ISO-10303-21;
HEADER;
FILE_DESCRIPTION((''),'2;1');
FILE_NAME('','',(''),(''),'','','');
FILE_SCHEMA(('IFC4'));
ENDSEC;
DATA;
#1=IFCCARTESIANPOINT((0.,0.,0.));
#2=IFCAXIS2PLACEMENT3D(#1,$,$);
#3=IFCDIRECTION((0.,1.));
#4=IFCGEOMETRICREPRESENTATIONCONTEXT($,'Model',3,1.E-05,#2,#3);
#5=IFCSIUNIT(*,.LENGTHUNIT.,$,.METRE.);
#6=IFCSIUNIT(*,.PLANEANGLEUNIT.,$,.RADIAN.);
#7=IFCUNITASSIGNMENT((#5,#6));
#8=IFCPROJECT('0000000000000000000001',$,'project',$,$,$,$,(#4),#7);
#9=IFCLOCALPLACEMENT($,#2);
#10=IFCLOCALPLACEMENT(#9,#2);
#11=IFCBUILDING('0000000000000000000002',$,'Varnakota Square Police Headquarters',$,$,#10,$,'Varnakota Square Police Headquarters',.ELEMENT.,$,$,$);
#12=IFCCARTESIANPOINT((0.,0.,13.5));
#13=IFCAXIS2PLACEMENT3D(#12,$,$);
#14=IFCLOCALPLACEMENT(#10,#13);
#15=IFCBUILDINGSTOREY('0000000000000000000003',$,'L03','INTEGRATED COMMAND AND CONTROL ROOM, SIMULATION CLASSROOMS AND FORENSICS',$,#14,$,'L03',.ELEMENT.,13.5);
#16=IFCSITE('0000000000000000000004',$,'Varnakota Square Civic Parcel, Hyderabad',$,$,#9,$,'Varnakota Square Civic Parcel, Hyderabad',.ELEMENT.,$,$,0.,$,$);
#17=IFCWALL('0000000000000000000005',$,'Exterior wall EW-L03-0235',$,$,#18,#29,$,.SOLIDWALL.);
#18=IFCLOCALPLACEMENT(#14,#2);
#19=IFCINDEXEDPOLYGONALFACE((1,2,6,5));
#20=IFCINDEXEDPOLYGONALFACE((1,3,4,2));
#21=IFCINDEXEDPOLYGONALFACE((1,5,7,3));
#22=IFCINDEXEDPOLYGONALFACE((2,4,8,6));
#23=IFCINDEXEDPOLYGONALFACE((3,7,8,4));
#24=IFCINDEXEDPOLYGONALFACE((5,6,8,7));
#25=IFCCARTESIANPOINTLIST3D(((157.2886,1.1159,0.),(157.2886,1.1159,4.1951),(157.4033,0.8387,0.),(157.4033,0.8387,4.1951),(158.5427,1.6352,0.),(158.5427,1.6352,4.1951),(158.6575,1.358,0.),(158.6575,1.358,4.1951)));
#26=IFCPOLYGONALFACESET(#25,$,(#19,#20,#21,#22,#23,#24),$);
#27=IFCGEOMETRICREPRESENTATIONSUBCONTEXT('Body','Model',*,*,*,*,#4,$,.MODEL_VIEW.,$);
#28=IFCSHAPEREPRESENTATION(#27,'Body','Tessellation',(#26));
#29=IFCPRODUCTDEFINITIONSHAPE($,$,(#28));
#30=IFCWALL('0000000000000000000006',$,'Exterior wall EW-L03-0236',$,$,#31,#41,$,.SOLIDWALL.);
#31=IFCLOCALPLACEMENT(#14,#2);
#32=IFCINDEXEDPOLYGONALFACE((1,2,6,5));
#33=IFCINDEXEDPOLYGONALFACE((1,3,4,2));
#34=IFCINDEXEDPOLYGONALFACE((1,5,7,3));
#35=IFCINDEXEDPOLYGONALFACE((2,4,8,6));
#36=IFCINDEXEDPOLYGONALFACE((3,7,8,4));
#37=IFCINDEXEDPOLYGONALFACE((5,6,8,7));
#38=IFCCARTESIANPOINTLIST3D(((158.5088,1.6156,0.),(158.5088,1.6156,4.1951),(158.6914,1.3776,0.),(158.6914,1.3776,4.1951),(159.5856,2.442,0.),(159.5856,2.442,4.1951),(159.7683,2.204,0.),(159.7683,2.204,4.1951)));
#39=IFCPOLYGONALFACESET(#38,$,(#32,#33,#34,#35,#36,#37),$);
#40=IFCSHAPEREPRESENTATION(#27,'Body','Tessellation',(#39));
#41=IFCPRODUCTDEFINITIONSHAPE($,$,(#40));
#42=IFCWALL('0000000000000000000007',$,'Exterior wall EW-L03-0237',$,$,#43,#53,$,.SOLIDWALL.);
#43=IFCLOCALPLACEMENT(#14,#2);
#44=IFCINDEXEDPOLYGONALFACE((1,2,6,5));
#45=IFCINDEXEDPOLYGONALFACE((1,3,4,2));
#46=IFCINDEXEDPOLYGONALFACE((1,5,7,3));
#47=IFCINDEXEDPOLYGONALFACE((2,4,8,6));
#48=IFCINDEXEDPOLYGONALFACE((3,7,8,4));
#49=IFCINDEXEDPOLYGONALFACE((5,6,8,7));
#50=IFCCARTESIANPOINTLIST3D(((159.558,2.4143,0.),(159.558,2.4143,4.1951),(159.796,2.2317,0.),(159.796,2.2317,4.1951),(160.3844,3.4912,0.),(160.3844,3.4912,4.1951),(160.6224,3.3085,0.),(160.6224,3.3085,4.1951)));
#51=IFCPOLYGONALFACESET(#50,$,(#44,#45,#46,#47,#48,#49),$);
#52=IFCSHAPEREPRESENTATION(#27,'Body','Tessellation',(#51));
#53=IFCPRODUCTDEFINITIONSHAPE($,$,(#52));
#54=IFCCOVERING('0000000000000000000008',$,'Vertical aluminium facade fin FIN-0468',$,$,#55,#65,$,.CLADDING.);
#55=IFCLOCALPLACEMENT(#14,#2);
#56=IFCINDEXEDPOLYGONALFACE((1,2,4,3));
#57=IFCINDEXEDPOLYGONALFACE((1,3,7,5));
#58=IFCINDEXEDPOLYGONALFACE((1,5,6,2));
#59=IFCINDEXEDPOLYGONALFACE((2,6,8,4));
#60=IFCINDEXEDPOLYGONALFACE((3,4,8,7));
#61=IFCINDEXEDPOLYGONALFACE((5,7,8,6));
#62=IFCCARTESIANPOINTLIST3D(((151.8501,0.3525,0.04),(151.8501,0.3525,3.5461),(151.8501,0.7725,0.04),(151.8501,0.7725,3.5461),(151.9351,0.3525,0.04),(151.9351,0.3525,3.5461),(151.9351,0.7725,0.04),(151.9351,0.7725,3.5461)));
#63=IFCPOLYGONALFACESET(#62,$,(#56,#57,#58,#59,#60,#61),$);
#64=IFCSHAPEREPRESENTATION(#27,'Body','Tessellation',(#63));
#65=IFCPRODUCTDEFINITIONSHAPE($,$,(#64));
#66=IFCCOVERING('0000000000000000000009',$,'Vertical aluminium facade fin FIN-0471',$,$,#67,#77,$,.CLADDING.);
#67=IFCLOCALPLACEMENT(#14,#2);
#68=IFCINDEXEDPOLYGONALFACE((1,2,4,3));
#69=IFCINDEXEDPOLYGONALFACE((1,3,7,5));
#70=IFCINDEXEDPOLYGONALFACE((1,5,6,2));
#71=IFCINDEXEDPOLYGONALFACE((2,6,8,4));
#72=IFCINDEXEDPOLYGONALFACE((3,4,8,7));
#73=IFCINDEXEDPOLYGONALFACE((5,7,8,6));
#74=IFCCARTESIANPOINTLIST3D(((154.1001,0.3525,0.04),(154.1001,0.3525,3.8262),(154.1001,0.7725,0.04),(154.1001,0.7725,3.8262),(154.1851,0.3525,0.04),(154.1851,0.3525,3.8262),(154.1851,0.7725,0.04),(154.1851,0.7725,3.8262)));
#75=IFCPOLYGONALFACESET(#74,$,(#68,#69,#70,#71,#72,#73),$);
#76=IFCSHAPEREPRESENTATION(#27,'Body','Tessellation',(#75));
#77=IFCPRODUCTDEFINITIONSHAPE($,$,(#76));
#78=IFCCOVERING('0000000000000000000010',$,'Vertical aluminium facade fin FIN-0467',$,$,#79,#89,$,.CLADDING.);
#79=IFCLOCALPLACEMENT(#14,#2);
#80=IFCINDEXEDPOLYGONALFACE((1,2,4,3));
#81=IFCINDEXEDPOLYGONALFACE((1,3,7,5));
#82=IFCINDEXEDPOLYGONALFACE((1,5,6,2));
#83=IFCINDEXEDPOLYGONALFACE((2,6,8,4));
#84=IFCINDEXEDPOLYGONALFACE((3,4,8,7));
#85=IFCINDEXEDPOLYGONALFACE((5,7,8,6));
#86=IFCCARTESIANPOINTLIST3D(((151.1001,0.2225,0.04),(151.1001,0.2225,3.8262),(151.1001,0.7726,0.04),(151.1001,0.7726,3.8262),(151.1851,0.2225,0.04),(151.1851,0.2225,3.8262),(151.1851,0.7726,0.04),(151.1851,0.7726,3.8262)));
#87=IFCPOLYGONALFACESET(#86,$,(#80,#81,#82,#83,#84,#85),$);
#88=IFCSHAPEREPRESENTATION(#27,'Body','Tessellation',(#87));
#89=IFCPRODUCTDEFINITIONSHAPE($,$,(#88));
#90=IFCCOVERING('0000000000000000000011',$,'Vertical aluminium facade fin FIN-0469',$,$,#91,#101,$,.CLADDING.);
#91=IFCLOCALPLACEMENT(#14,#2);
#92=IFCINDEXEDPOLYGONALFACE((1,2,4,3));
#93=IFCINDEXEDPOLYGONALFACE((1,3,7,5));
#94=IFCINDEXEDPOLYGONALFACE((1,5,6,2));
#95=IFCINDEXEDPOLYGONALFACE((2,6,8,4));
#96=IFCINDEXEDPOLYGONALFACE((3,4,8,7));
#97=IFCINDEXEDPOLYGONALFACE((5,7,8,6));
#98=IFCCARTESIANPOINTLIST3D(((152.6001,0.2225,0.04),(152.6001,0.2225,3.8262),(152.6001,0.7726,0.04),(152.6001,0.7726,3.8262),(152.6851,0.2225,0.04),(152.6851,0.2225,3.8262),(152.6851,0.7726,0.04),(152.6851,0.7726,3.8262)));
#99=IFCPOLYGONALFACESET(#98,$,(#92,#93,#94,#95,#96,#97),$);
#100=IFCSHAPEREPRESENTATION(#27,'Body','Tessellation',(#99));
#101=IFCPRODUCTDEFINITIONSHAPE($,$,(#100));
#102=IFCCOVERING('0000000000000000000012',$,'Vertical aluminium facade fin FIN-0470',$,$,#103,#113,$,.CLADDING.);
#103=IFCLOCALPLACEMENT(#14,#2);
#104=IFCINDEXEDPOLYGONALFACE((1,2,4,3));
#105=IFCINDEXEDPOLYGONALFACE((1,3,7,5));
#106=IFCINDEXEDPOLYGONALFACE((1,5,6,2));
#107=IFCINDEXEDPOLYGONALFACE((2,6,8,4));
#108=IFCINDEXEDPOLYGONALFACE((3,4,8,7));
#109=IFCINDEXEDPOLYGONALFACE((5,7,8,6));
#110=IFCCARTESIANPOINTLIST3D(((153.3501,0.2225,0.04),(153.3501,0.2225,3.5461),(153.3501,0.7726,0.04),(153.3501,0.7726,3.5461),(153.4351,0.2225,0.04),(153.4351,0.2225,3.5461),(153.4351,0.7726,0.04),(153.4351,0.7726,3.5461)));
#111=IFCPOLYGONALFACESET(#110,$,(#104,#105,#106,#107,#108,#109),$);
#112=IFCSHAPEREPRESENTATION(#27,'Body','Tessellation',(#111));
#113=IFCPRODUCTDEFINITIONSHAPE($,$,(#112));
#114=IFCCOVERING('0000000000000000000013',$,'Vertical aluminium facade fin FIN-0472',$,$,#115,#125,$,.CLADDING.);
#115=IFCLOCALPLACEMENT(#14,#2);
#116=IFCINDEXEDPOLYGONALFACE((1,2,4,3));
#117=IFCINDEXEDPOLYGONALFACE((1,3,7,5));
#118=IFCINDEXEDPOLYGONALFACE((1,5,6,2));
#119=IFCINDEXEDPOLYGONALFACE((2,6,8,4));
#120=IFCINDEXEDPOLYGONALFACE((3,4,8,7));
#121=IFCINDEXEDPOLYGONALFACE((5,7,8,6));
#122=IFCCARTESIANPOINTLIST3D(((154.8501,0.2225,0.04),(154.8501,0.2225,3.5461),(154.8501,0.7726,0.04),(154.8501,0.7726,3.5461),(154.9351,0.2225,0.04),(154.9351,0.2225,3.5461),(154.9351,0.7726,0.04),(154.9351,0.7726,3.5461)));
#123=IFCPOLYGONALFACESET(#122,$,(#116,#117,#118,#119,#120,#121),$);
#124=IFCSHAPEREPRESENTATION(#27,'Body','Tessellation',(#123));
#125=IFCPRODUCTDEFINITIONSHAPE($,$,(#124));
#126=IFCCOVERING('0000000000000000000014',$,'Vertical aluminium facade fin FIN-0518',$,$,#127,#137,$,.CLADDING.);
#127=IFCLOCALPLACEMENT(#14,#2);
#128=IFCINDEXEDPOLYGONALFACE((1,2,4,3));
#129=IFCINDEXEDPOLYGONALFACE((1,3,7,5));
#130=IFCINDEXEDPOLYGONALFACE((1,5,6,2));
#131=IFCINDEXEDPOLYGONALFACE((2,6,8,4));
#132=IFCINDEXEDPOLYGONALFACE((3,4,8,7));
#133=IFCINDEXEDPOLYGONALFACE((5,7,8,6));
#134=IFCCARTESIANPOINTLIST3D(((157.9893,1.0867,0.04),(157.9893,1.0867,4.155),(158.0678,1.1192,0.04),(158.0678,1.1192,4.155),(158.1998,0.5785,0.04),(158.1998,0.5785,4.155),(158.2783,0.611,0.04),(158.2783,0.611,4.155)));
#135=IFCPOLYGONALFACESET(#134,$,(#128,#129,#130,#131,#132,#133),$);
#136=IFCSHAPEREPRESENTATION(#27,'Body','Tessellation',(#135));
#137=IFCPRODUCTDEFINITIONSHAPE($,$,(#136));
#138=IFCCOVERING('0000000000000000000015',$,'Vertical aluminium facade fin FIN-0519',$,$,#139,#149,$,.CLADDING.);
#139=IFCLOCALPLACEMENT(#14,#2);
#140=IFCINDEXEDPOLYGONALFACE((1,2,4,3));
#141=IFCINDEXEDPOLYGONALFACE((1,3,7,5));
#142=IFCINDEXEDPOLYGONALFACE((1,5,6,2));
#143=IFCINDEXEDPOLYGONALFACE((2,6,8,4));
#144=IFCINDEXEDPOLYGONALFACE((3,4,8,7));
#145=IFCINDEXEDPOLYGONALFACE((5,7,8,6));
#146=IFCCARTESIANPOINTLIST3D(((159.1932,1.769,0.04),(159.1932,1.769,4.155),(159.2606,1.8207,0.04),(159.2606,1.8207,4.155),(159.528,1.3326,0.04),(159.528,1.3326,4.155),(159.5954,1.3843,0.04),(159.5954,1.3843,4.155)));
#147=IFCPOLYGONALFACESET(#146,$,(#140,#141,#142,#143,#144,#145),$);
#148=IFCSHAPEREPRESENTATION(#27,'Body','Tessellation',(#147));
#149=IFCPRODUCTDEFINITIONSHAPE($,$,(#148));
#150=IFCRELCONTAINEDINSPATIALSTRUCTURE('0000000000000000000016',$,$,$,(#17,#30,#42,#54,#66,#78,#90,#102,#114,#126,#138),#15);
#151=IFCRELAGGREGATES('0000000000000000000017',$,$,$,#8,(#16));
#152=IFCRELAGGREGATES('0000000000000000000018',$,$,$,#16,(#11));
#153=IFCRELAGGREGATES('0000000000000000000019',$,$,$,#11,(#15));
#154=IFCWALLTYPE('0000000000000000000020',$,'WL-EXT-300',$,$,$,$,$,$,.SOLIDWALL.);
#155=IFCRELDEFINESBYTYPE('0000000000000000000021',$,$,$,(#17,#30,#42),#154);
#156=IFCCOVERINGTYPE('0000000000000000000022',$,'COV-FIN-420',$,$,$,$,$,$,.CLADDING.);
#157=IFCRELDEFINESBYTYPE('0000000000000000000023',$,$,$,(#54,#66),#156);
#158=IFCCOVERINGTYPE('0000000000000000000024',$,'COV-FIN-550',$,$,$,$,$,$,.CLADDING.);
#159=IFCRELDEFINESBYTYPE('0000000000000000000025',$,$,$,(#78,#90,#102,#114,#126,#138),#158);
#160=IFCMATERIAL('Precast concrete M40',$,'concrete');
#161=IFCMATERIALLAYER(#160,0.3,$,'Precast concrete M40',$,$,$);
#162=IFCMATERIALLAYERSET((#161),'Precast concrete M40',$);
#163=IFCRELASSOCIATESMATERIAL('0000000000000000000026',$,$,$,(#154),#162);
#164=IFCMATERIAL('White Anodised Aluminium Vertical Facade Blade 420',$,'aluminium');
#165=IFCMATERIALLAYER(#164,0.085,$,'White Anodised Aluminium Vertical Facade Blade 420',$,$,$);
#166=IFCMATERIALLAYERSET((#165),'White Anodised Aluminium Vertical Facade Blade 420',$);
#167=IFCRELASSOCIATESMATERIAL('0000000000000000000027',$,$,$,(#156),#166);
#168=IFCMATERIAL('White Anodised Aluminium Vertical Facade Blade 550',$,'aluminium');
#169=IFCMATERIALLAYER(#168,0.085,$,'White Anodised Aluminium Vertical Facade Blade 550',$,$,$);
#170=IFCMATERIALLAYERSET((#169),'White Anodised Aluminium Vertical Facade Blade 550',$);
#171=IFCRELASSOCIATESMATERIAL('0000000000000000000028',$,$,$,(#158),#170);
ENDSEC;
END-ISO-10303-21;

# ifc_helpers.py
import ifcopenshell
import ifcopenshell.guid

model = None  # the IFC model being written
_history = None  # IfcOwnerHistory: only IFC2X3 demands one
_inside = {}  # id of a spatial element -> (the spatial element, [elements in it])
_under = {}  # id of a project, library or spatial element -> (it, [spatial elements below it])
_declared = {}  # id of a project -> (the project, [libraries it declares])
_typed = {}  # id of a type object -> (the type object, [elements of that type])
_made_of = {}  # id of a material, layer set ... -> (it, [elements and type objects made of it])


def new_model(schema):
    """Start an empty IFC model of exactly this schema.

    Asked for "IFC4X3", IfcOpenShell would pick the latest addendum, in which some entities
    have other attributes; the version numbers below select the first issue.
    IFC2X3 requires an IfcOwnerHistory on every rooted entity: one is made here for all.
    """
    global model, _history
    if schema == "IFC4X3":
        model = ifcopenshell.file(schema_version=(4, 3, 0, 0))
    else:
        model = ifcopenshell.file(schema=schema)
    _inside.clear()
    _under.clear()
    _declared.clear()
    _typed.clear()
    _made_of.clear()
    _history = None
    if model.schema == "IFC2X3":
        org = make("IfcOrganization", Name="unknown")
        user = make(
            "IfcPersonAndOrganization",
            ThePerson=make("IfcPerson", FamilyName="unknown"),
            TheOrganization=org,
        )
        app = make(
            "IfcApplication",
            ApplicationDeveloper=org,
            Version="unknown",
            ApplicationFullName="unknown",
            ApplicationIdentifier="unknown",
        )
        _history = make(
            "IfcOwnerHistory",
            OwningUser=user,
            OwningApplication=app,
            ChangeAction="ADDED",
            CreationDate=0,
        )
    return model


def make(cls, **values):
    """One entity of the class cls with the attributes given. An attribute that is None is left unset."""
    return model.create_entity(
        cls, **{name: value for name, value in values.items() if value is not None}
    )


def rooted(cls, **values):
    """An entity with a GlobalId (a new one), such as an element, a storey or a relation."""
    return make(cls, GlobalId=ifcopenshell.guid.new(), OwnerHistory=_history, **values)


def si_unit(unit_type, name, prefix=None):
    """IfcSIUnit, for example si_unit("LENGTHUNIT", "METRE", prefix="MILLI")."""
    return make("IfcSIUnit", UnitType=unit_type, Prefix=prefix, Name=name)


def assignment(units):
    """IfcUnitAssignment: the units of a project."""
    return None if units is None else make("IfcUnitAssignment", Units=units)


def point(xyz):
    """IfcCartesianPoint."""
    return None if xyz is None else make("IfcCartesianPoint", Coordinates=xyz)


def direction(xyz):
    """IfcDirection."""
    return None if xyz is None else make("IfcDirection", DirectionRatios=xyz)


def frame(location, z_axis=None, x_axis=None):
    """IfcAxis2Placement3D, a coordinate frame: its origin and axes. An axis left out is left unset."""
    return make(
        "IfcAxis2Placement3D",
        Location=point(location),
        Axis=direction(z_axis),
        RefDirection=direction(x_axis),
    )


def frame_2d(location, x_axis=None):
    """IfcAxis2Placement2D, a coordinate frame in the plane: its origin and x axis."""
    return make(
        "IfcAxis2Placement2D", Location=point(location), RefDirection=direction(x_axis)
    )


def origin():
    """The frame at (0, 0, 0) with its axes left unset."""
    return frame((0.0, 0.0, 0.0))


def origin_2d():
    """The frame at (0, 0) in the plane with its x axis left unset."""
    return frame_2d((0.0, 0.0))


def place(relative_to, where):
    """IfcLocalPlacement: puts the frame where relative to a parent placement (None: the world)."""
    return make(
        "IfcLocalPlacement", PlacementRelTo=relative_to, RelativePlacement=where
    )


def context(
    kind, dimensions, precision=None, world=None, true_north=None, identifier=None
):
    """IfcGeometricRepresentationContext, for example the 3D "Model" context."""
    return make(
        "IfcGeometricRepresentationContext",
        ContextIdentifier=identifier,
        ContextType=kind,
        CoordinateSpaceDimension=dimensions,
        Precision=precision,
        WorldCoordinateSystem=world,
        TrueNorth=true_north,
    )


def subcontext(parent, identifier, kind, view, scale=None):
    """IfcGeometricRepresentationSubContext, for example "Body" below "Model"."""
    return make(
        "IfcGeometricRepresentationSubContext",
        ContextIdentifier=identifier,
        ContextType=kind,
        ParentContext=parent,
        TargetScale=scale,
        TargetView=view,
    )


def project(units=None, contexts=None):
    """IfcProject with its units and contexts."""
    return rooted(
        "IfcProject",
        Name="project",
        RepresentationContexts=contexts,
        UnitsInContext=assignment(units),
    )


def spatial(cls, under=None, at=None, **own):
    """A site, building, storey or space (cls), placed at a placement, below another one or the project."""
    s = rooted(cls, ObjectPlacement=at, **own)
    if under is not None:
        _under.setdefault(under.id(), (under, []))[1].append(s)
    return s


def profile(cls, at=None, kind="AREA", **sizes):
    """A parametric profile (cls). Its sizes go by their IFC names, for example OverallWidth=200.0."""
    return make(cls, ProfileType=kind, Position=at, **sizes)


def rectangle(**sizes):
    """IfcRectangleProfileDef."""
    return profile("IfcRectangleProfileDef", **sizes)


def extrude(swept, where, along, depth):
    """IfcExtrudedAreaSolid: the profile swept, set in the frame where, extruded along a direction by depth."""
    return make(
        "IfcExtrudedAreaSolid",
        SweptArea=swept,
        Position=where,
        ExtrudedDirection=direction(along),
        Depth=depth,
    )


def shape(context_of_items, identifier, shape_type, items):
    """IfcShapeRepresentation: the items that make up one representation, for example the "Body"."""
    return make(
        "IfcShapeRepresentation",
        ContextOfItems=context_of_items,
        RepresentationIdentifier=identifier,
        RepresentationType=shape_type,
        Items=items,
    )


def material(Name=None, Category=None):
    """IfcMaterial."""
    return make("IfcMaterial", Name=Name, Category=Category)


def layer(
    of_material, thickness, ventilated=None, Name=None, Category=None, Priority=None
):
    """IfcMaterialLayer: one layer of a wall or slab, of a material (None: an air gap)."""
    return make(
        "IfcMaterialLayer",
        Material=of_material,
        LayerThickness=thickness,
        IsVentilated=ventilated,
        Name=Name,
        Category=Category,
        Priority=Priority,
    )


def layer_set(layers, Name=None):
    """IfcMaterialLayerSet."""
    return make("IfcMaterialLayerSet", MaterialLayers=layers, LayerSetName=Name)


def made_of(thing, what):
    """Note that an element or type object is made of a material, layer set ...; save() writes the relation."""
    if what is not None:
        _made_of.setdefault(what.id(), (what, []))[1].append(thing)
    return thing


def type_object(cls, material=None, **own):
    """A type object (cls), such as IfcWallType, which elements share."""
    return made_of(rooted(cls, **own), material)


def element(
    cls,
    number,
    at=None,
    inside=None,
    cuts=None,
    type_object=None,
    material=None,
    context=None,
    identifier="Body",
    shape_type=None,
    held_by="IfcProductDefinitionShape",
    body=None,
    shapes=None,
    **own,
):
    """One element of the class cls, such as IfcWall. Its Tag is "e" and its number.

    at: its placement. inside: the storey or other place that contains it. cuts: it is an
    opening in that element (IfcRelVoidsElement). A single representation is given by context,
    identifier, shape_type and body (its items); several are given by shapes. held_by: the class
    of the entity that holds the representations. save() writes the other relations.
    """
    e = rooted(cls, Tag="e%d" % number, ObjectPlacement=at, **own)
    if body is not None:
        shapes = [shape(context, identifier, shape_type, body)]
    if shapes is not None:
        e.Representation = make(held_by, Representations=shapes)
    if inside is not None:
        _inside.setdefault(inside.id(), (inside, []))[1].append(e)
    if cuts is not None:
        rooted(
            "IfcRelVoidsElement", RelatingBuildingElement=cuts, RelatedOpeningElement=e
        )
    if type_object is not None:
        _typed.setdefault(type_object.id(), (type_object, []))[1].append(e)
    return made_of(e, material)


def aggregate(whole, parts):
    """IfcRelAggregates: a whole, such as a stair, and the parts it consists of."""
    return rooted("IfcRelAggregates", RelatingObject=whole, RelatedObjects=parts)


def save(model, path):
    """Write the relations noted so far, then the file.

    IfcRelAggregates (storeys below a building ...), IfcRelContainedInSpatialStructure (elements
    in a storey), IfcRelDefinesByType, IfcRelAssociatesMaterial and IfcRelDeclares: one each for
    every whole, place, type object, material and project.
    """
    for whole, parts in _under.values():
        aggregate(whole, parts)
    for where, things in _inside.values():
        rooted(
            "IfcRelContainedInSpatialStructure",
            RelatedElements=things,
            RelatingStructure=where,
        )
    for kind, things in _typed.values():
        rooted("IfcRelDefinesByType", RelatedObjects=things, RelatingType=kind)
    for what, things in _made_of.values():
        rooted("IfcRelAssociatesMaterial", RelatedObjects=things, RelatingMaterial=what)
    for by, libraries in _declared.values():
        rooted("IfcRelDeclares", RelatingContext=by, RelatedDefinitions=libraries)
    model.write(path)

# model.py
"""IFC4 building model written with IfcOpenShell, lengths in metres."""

from ifc_helpers import new_model, si_unit, direction, frame, frame_2d, origin, origin_2d, place, context, subcontext, project, spatial, rectangle, extrude, material, layer, layer_set, type_object, element, save


model = new_model("IFC4")

# Units and contexts
model_context = context("Model", 3, precision=1e-05, world=origin(), true_north=direction((0.0, 1.0)))
body_context = subcontext(model_context, "Body", "Model", "MODEL_VIEW")
ifc_project = project(units=[si_unit("LENGTHUNIT", "METRE"), si_unit("PLANEANGLEUNIT", "RADIAN")], contexts=[model_context])

# Site, building, storey
site_placement = place(None, origin())
site = spatial("IfcSite", under=ifc_project, at=site_placement, Name="Varnakota Square Civic Parcel, Hyderabad", LongName="Varnakota Square Civic Parcel, Hyderabad", CompositionType="ELEMENT", RefElevation=0.0)
building_placement = place(site_placement, origin())
building = spatial("IfcBuilding", under=site, at=building_placement, Name="Varnakota Square Police Headquarters", LongName="Varnakota Square Police Headquarters", CompositionType="ELEMENT")
storey_placement = place(building_placement, frame((0.0, 0.0, 13.5)))
storey = spatial("IfcBuildingStorey", under=building, at=storey_placement, Name="L03", Description="INTEGRATED COMMAND AND CONTROL ROOM, SIMULATION CLASSROOMS AND FORENSICS", LongName="L03", CompositionType="ELEMENT", Elevation=13.5)

# Walls
ifc_material_1 = material(Name="Precast concrete M40", Category="concrete")
ifc_layer_1 = layer(ifc_material_1, 0.3, Name="Precast concrete M40")
ifc_layer_set_1 = layer_set([ifc_layer_1], Name="Precast concrete M40")
wall_type = type_object("IfcWallType", Name="WL-EXT-300", PredefinedType="SOLIDWALL", material=ifc_layer_set_1)
for number, where, z_axis, x_axis, name in (
    (1, (157.3459, 0.9773, 0.0), (0.0, 0.0, 1.0), (0.923931, 0.382558, 0.0), "Exterior wall EW-L03-0235"),
    (2, (158.6001, 1.4966, 0.0), (0.0, 0.0, 1.0), (0.793325, 0.608798, 0.0), "Exterior wall EW-L03-0236"),
    (3, (159.677, 2.323, 0.0), (0.0, 0.0, 1.0), (0.608798, 0.793325, 0.0), "Exterior wall EW-L03-0237"),
):
    element("IfcWall", number, at=place(storey_placement, frame(where, z_axis=z_axis, x_axis=x_axis)), inside=storey, type_object=wall_type, Name=name, PredefinedType="SOLIDWALL", context=body_context, shape_type="SweptSolid", body=[
        extrude(rectangle(XDim=1.3574, YDim=0.3, at=frame_2d((0.6787, 0.0))), origin(), (0.0, 0.0, 1.0), 4.1951),
    ])

# Coverings
ifc_material_2 = material(Name="White Anodised Aluminium Vertical Facade Blade 420", Category="aluminium")
ifc_layer_2 = layer(ifc_material_2, 0.085, Name="White Anodised Aluminium Vertical Facade Blade 420")
ifc_layer_set_2 = layer_set([ifc_layer_2], Name="White Anodised Aluminium Vertical Facade Blade 420")
covering_type_1 = type_object("IfcCoveringType", Name="COV-FIN-420", PredefinedType="CLADDING", material=ifc_layer_set_2)
covering_1_placement = place(storey_placement, frame((151.8926, 0.5625, 0.04), z_axis=(0.0, 0.0, 1.0), x_axis=(1.0, 0.0, 0.0)))
element("IfcCovering", 4, at=covering_1_placement, inside=storey, type_object=covering_type_1, Name="Vertical aluminium facade fin FIN-0468", PredefinedType="CLADDING", context=body_context, shape_type="SweptSolid", body=[
    extrude(rectangle(XDim=0.085, YDim=0.4199, at=origin_2d()), origin(), (0.0, 0.0, 1.0), 3.5061),
])
covering_2_placement = place(storey_placement, frame((154.1426, 0.5625, 0.04), z_axis=(0.0, 0.0, 1.0), x_axis=(1.0, 0.0, 0.0)))
element("IfcCovering", 5, at=covering_2_placement, inside=storey, type_object=covering_type_1, Name="Vertical aluminium facade fin FIN-0471", PredefinedType="CLADDING", context=body_context, shape_type="SweptSolid", body=[
    extrude(rectangle(XDim=0.085, YDim=0.4199, at=origin_2d()), origin(), (0.0, 0.0, 1.0), 3.7861),
])
ifc_material_3 = material(Name="White Anodised Aluminium Vertical Facade Blade 550", Category="aluminium")
ifc_layer_3 = layer(ifc_material_3, 0.085, Name="White Anodised Aluminium Vertical Facade Blade 550")
ifc_layer_set_3 = layer_set([ifc_layer_3], Name="White Anodised Aluminium Vertical Facade Blade 550")
covering_type_2 = type_object("IfcCoveringType", Name="COV-FIN-550", PredefinedType="CLADDING", material=ifc_layer_set_3)
for number, where, z_axis, x_axis, name in (
    (6, (151.1426, 0.4976, 0.04), (0.0, 0.0, 1.0), (1.0, 0.0, 0.0), "Vertical aluminium facade fin FIN-0467"),
    (7, (152.6426, 0.4976, 0.04), (0.0, 0.0, 1.0), (1.0, 0.0, 0.0), "Vertical aluminium facade fin FIN-0469"),
):
    element("IfcCovering", number, at=place(storey_placement, frame(where, z_axis=z_axis, x_axis=x_axis)), inside=storey, type_object=covering_type_2, Name=name, PredefinedType="CLADDING", context=body_context, shape_type="SweptSolid", body=[
        extrude(rectangle(XDim=0.085, YDim=0.55, at=origin_2d()), origin(), (0.0, 0.0, 1.0), 3.7861),
    ])
for number, where, z_axis, x_axis, name in (
    (8, (153.3926, 0.4976, 0.04), (0.0, 0.0, 1.0), (1.0, 0.0, 0.0), "Vertical aluminium facade fin FIN-0470"),
    (9, (154.8926, 0.4976, 0.04), (0.0, 0.0, 1.0), (1.0, 0.0, 0.0), "Vertical aluminium facade fin FIN-0472"),
):
    element("IfcCovering", number, at=place(storey_placement, frame(where, z_axis=z_axis, x_axis=x_axis)), inside=storey, type_object=covering_type_2, Name=name, PredefinedType="CLADDING", context=body_context, shape_type="SweptSolid", body=[
        extrude(rectangle(XDim=0.085, YDim=0.55, at=origin_2d()), origin(), (0.0, 0.0, 1.0), 3.5061),
    ])
for number, where, z_axis, x_axis, name in (
    (10, (158.1338, 0.8489, 0.04), (0.0, 0.0, 1.0), (0.92388, 0.382683, 0.0), "Vertical aluminium facade fin FIN-0518"),
    (11, (159.3943, 1.5767, 0.04), (0.0, 0.0, 1.0), (0.793353, 0.608761, 0.0), "Vertical aluminium facade fin FIN-0519"),
):
    element("IfcCovering", number, at=place(storey_placement, frame(where, z_axis=z_axis, x_axis=x_axis)), inside=storey, type_object=covering_type_2, Name=name, PredefinedType="CLADDING", context=body_context, shape_type="SweptSolid", body=[
        extrude(rectangle(XDim=0.085, YDim=0.55, at=origin_2d()), origin(), (0.0, 0.0, 1.0), 4.115),
    ])

save(model, "model.ifc")
